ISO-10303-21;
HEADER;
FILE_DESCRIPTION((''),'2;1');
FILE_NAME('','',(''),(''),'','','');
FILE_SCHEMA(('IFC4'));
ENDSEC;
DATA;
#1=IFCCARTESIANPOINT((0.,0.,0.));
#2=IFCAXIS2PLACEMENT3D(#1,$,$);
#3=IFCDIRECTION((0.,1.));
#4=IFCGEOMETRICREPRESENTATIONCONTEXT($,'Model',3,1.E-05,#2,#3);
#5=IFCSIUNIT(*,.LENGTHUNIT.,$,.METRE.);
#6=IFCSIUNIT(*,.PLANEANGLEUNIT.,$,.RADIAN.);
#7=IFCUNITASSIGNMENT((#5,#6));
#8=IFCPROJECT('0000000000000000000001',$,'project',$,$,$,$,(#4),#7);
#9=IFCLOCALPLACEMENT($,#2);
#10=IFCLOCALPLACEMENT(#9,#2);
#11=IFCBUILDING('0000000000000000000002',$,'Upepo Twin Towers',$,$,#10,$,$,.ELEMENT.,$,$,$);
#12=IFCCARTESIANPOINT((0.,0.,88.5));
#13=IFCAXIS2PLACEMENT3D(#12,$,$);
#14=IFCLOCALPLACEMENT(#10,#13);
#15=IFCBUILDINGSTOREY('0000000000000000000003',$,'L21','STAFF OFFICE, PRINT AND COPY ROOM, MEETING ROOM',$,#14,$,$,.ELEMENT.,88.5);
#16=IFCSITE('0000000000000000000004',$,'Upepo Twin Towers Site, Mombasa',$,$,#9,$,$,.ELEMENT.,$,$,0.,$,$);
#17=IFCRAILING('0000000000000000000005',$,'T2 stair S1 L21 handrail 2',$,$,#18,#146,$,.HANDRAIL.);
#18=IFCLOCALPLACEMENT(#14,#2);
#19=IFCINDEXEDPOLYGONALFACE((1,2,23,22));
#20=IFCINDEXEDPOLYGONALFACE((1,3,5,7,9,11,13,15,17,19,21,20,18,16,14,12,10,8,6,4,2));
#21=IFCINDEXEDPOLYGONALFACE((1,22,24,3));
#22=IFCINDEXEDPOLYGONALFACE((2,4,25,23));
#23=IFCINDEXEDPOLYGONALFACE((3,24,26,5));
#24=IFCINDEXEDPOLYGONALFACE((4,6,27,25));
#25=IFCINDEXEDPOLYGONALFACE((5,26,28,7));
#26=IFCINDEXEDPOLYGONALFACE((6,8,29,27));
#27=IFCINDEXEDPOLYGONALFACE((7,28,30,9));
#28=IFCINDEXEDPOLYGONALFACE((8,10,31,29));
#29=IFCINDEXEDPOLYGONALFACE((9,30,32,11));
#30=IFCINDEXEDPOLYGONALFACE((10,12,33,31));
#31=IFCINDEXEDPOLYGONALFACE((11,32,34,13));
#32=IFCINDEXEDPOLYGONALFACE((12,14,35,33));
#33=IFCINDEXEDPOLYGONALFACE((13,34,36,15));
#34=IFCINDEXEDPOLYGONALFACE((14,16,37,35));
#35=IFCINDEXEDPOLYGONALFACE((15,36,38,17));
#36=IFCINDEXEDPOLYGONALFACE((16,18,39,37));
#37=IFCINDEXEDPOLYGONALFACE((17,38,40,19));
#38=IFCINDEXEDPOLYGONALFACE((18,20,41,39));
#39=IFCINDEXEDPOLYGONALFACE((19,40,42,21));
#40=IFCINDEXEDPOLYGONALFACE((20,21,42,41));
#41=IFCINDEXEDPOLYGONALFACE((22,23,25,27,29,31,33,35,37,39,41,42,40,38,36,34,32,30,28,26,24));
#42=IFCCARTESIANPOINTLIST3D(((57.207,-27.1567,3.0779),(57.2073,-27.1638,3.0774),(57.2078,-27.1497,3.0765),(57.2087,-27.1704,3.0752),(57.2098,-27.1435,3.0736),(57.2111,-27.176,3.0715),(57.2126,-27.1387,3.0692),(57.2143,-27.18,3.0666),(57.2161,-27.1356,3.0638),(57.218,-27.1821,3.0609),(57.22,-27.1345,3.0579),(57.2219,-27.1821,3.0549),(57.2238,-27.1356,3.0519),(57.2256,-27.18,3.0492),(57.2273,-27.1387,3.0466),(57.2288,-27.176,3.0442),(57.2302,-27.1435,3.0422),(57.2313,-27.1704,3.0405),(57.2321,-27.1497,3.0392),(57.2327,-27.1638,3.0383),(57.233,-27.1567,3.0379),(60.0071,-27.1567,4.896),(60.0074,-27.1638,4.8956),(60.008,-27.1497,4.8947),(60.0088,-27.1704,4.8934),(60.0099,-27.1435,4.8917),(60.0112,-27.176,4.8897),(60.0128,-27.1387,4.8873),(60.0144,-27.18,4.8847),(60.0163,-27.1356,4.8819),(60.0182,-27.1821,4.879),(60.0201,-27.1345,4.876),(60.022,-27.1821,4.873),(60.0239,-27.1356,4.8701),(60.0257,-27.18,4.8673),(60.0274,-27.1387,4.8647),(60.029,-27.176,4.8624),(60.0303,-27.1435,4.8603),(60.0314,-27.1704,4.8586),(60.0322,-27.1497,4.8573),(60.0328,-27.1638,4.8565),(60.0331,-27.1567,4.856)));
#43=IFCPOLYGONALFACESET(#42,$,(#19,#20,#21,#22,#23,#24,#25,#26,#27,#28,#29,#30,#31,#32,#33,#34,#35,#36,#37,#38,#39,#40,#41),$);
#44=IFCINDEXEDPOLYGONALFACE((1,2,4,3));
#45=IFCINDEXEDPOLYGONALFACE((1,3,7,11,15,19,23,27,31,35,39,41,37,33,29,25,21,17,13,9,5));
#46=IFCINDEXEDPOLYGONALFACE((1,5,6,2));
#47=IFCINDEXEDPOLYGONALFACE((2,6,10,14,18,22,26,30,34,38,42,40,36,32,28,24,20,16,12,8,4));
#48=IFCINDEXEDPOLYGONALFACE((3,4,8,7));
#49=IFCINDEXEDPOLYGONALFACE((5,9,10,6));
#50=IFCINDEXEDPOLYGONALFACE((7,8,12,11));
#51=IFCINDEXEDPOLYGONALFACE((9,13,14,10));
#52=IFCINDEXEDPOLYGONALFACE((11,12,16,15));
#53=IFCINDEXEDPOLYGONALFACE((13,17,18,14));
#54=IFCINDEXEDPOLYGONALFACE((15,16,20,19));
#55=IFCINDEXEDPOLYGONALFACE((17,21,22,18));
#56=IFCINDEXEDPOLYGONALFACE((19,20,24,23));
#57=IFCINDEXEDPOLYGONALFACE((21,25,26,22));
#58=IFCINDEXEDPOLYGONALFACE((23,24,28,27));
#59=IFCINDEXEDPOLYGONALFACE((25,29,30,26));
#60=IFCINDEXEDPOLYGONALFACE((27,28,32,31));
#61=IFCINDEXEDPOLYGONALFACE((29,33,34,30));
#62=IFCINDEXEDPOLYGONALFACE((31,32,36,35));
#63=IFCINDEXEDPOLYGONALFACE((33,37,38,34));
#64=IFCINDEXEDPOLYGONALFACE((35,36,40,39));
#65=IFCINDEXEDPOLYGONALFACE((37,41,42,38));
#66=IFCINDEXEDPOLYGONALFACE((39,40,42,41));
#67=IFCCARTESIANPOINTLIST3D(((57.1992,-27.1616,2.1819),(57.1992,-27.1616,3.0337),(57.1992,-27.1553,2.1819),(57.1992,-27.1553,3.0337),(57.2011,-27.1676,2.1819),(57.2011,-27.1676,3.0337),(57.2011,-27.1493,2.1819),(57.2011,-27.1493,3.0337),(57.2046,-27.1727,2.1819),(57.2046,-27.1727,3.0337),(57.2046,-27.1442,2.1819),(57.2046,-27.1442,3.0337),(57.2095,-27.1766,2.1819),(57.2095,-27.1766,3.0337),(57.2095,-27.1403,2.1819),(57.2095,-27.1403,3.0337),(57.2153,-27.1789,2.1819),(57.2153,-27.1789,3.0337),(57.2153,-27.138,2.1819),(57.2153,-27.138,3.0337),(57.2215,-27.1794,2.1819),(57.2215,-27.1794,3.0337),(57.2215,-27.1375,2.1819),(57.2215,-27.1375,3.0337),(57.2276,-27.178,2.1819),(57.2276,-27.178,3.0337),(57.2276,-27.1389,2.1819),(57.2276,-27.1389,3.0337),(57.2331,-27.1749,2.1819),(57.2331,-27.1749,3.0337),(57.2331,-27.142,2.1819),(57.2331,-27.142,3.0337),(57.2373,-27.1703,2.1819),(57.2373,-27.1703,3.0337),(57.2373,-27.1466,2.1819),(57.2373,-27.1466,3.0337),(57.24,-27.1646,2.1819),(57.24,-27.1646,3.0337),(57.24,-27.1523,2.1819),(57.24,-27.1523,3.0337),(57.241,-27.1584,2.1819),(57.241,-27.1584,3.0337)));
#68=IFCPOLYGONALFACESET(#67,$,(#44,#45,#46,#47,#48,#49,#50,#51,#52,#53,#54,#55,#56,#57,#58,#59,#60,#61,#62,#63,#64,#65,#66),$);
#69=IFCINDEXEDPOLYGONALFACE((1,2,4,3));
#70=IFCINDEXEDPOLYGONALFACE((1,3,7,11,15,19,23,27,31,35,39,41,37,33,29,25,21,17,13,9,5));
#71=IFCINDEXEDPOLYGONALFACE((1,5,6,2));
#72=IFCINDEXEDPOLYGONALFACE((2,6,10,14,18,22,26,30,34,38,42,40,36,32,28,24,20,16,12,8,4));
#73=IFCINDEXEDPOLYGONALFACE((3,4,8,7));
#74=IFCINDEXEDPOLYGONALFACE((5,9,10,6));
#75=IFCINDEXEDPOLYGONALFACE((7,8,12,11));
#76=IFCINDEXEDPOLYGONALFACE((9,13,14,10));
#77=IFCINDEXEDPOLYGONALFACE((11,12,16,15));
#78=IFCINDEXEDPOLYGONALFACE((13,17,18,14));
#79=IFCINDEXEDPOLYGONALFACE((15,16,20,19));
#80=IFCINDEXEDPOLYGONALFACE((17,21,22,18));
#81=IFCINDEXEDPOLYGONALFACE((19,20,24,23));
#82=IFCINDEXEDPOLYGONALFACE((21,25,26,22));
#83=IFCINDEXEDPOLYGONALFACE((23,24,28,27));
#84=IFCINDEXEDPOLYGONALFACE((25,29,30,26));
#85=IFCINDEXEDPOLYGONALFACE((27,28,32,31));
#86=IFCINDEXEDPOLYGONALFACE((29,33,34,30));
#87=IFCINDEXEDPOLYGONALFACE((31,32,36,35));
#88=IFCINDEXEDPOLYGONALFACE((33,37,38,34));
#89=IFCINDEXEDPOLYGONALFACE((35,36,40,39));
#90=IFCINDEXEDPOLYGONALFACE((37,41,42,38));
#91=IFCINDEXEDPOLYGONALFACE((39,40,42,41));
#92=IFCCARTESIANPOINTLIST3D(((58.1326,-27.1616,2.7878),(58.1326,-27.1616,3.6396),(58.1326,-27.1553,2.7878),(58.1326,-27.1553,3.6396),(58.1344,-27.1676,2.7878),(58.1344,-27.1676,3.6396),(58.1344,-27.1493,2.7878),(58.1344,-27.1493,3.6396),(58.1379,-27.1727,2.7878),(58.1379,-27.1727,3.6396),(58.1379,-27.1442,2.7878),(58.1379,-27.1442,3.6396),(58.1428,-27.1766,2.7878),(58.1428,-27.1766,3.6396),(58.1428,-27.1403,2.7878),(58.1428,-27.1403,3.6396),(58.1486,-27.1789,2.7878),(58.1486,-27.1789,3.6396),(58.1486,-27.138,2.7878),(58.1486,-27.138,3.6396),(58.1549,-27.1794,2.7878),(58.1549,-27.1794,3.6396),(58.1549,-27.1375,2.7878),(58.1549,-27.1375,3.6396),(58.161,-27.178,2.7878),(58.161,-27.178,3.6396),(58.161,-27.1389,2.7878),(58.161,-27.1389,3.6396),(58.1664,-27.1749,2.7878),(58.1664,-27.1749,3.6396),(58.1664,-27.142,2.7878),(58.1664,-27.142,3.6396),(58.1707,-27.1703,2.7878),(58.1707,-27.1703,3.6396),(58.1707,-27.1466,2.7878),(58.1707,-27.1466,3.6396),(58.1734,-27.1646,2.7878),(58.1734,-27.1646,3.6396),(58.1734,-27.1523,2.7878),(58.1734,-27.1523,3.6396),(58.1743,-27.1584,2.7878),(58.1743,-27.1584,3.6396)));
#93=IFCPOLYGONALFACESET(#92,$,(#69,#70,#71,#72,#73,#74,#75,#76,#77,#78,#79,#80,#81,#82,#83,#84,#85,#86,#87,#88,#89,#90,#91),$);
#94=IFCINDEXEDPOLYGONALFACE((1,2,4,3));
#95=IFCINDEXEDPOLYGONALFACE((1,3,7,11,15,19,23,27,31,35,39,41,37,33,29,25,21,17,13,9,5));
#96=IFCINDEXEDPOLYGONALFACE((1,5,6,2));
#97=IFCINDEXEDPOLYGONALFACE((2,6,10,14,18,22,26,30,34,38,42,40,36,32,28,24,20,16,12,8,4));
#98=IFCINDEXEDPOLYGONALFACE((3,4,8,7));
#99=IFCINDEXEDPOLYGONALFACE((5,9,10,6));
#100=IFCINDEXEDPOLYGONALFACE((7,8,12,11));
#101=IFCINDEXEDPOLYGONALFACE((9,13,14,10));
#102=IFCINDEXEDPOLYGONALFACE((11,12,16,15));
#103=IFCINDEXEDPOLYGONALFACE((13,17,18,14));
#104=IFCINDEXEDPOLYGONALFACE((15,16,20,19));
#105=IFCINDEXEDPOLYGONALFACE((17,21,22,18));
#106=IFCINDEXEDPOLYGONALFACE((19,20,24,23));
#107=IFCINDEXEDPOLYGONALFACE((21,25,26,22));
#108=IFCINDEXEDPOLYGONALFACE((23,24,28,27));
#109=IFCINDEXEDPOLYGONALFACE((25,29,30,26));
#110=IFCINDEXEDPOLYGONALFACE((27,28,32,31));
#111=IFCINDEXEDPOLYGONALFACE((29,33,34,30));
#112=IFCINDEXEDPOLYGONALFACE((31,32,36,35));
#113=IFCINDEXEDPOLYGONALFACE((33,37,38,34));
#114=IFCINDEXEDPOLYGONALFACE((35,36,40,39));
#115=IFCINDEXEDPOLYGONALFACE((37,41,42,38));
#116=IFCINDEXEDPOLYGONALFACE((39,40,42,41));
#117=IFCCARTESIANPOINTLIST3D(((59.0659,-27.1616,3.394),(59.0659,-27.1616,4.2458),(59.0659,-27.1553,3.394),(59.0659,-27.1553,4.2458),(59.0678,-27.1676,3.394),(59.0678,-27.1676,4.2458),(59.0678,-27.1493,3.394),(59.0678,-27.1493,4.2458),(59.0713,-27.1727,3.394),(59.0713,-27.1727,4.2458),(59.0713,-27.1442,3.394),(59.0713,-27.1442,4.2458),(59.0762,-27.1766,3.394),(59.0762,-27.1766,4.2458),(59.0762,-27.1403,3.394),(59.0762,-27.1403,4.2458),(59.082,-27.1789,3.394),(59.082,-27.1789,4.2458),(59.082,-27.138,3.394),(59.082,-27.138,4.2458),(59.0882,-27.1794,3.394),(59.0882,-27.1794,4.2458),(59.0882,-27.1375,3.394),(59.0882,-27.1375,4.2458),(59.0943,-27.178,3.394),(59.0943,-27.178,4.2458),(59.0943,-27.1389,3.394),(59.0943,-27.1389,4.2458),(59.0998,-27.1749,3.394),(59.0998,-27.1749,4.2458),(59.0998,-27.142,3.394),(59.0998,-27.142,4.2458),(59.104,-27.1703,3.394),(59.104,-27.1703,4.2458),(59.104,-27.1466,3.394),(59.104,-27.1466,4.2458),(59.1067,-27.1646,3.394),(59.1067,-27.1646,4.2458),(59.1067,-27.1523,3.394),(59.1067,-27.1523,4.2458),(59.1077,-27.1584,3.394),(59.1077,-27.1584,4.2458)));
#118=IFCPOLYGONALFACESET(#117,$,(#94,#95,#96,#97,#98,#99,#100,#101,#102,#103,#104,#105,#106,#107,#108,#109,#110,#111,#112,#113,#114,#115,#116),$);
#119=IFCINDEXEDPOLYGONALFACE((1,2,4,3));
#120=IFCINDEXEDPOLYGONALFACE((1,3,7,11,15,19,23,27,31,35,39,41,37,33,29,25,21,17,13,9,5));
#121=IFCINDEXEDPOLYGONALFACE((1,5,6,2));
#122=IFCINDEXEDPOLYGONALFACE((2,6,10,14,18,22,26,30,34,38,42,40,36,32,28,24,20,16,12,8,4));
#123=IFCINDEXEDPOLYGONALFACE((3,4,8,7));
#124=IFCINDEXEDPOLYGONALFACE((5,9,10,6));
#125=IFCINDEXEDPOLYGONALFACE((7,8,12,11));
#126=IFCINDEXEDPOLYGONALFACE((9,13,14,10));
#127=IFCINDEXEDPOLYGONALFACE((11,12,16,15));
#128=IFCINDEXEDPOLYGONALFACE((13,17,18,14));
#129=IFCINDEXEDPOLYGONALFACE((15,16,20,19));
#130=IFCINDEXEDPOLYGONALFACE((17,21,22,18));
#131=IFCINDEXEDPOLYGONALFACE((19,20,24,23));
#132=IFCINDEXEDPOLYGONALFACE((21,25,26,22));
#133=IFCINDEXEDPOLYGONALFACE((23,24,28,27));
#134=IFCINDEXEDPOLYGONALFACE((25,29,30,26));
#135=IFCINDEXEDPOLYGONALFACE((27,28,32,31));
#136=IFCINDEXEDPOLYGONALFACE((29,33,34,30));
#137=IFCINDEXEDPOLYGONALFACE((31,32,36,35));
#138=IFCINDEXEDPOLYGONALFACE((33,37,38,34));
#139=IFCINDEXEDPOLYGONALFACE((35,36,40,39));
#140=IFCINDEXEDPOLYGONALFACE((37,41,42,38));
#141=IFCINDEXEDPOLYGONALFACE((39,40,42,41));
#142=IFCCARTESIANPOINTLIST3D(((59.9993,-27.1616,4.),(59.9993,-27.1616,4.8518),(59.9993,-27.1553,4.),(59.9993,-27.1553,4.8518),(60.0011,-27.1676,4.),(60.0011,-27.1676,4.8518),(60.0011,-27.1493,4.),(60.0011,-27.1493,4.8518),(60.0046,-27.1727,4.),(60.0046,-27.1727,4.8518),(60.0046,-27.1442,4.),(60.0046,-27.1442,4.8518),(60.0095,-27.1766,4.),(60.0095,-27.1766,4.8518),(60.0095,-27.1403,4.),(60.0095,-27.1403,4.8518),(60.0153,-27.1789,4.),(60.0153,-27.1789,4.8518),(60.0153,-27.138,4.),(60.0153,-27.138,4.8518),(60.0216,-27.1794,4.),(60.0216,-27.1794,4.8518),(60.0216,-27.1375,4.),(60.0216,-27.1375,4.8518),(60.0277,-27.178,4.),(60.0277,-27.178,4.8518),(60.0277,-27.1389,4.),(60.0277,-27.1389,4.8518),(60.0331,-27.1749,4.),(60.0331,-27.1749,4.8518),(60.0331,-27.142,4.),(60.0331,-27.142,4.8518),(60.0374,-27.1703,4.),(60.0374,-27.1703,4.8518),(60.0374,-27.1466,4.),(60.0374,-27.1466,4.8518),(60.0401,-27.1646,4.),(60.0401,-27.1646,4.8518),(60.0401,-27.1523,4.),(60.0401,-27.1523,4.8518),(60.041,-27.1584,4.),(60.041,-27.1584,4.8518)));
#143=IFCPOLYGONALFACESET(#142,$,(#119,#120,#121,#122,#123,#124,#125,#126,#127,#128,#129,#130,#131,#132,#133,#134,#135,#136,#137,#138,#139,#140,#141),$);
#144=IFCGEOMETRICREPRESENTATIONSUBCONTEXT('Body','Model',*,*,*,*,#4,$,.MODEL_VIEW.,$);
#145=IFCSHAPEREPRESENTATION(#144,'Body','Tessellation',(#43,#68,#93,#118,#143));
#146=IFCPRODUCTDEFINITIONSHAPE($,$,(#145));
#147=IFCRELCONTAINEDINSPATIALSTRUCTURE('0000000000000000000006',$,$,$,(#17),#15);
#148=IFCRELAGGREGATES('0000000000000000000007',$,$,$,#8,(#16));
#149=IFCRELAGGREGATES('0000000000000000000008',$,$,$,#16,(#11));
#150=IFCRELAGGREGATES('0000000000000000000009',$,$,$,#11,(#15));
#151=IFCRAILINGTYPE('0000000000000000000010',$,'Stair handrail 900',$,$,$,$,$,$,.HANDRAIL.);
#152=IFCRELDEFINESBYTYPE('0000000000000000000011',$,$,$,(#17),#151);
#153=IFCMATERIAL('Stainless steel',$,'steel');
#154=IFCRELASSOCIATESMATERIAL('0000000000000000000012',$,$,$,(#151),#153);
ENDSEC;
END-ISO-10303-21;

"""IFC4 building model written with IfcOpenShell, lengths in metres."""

from ifc_helpers import new_model, si_unit, direction, frame, origin, origin_2d, place, context, subcontext, project, spatial, circle, extrude, material, type_object, element, save


model = new_model("IFC4")

# Units and contexts
model_context = context("Model", 3, precision=1e-05, world=origin(), true_north=direction((0.0, 1.0)))
body_context = subcontext(model_context, "Body", "Model", "MODEL_VIEW")
ifc_project = project(units=[si_unit("LENGTHUNIT", "METRE"), si_unit("PLANEANGLEUNIT", "RADIAN")], contexts=[model_context])

# Site, building, storey
site_placement = place(None, origin())
site = spatial("IfcSite", under=ifc_project, at=site_placement, Name="Upepo Twin Towers Site, Mombasa", CompositionType="ELEMENT", RefElevation=0.0)
building_placement = place(site_placement, origin())
building = spatial("IfcBuilding", under=site, at=building_placement, Name="Upepo Twin Towers", CompositionType="ELEMENT")
storey_placement = place(building_placement, frame((0.0, 0.0, 88.5)))
storey = spatial("IfcBuildingStorey", under=building, at=storey_placement, Name="L21", Description="STAFF OFFICE, PRINT AND COPY ROOM, MEETING ROOM", CompositionType="ELEMENT", Elevation=88.5)

# Railing
ifc_material_1 = material(Name="Stainless steel", Category="steel")
railing_type = type_object("IfcRailingType", Name="Stair handrail 900", PredefinedType="HANDRAIL", material=ifc_material_1)
railing_1_placement = place(storey_placement, frame((57.22, -27.1584, 2.1819)))
element("IfcRailing", 1, at=railing_1_placement, inside=storey, type_object=railing_type, Name="T2 stair S1 L21 handrail 2", PredefinedType="HANDRAIL", context=body_context, shape_type="SweptSolid", body=[
    extrude(circle(Radius=0.0239, at=origin_2d()), frame((0.0, 0.0, 0.876), z_axis=(0.838706, 0.0, 0.544585), x_axis=(0.0, 1.0, 0.0)), (0.0, 0.0, 1.0), 3.3386),
    extrude(circle(Radius=0.021, at=origin_2d()), origin(), (0.0, 0.0, 1.0), 0.8518),
    extrude(circle(Radius=0.021, at=origin_2d()), frame((0.9333, 0.0, 0.606)), (0.0, 0.0, 1.0), 0.8518),
    extrude(circle(Radius=0.021, at=origin_2d()), frame((1.8667, 0.0, 1.2122)), (0.0, 0.0, 1.0), 0.8518),
    extrude(circle(Radius=0.021, at=origin_2d()), frame((2.8, 0.0, 1.8181)), (0.0, 0.0, 1.0), 0.8518),
])

save(model, "model.ifc")
